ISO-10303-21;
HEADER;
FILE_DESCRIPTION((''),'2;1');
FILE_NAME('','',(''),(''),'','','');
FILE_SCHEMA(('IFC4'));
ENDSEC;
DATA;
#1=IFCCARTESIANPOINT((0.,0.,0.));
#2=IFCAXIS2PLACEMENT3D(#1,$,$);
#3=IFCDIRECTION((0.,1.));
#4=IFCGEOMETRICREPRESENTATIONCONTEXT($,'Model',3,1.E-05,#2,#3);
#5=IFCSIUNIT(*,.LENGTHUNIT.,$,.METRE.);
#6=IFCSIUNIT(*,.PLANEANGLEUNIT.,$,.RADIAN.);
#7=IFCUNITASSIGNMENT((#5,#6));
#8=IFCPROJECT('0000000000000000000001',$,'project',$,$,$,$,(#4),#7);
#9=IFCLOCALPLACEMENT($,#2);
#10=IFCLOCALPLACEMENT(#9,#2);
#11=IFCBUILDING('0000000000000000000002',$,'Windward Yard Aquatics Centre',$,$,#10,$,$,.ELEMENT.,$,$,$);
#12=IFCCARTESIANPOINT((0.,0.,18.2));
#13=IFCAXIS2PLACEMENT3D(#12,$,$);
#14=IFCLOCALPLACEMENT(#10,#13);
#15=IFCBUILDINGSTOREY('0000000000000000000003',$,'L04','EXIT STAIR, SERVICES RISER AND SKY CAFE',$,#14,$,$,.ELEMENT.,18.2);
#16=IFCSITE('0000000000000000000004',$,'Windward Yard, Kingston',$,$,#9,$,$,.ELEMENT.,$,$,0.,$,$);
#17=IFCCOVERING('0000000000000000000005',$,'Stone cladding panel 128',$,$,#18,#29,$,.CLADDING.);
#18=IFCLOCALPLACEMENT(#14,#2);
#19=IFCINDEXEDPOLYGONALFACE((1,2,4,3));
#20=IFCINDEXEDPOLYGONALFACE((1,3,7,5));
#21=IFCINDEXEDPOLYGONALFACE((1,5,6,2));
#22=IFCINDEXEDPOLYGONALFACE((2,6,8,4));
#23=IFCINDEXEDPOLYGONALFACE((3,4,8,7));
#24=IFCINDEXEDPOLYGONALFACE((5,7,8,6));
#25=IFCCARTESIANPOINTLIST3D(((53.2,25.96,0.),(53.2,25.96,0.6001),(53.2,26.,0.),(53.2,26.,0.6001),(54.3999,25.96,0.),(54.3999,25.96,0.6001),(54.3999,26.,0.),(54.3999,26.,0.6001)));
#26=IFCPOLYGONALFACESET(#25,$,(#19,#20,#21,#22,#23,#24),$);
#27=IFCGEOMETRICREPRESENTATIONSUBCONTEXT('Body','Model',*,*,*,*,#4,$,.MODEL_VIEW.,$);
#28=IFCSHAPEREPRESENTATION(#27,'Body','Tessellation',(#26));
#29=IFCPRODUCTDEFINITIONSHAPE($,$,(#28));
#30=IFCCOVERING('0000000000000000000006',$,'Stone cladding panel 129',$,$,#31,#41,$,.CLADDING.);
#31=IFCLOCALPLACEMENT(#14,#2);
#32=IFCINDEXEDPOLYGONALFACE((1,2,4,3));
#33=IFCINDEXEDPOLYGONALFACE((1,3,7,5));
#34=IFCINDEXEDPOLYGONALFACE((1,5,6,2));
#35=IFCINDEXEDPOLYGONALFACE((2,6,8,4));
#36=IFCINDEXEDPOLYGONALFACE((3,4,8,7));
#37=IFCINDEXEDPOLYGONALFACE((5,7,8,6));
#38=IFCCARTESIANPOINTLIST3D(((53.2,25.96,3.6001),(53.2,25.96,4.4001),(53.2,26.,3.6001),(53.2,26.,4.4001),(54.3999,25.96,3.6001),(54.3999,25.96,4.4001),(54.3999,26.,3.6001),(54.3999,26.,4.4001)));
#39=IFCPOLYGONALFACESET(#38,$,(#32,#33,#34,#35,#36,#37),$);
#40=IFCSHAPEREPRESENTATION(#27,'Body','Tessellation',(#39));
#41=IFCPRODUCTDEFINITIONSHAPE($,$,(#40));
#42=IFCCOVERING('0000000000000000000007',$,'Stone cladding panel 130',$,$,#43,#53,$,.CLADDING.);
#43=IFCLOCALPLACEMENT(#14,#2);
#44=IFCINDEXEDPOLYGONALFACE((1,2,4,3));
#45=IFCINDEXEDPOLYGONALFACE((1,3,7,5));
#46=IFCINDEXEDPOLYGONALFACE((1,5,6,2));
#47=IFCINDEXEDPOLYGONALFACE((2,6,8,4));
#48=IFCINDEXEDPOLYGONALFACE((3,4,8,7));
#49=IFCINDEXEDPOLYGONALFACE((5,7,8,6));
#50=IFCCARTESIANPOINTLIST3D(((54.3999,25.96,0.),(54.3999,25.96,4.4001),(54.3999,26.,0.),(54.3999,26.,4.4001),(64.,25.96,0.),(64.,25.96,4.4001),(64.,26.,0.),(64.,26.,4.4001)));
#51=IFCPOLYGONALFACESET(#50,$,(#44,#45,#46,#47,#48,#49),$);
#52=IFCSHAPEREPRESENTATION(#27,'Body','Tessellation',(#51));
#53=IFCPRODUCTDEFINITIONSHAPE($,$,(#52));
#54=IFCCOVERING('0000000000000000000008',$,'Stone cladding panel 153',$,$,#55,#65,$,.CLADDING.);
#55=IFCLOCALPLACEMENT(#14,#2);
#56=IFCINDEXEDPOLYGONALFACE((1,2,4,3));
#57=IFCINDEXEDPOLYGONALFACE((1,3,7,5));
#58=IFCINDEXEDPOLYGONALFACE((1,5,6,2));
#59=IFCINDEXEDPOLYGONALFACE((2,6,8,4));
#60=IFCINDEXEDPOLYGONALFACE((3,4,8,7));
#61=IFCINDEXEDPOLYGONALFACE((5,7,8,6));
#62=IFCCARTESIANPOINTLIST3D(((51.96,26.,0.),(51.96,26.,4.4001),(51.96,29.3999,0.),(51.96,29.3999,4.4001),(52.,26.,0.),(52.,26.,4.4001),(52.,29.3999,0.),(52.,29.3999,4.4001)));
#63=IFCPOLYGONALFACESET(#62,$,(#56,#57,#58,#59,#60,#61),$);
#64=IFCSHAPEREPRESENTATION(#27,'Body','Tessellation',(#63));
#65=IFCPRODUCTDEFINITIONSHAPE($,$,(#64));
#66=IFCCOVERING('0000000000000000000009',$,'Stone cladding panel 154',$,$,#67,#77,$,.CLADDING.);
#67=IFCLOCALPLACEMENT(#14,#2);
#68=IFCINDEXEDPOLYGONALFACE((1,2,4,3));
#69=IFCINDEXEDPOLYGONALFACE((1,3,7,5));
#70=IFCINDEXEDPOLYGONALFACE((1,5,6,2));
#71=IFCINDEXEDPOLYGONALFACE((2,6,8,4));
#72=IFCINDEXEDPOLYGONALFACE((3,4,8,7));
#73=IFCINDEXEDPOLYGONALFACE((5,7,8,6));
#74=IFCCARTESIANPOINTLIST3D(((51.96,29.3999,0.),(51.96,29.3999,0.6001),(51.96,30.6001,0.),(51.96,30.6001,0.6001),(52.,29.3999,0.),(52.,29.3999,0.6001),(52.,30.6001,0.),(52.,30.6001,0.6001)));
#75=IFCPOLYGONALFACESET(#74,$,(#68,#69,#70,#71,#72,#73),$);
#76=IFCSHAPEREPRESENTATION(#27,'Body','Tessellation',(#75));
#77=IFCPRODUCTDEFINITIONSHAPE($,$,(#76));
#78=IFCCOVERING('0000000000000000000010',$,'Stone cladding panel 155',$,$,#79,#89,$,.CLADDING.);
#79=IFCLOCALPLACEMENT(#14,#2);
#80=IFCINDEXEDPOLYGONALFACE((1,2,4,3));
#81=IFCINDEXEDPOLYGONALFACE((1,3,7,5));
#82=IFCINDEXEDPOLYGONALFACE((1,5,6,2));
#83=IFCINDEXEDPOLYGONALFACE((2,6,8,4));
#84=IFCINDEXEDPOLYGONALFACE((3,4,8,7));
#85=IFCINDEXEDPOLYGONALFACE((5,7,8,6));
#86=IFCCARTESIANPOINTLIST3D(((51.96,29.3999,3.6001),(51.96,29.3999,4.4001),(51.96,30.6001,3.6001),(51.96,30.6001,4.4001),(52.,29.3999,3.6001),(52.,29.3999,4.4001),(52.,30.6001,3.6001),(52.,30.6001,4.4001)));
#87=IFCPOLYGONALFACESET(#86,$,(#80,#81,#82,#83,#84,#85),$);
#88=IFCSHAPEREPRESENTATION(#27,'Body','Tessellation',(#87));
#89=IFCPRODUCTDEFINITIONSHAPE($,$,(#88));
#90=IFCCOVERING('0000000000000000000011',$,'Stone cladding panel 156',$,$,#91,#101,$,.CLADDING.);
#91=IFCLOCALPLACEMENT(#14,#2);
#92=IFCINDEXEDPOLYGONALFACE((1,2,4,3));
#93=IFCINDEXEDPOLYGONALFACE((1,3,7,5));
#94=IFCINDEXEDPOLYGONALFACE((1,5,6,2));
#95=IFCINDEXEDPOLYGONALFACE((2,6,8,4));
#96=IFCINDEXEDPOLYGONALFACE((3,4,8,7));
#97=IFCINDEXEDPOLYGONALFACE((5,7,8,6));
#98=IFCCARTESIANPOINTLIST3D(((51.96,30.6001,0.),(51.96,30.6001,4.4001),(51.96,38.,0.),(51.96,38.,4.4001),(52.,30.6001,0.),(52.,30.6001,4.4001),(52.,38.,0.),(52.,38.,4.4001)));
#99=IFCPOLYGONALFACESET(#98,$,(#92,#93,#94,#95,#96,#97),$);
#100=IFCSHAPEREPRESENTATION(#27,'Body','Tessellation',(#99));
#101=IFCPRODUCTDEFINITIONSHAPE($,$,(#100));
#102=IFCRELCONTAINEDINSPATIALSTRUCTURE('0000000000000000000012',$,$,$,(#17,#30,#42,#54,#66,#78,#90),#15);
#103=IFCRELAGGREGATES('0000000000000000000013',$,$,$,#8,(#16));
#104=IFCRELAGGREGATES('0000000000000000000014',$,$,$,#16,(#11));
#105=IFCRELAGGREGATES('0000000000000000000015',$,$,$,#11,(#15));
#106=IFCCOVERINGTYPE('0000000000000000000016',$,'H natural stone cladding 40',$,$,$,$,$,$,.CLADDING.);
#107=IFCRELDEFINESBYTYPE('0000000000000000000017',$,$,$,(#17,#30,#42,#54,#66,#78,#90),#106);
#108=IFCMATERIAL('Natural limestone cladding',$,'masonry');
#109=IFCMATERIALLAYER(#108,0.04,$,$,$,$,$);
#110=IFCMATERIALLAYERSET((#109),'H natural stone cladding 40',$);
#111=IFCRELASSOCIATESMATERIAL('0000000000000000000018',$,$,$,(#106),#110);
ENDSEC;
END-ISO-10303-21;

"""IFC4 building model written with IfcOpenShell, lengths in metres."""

from ifc_helpers import new_model, si_unit, direction, frame, origin, place, context, subcontext, project, spatial, polyline, outline, extrude, material, layer, layer_set, type_object, element, save


model = new_model("IFC4")

# Units and contexts
model_context = context("Model", 3, precision=1e-05, world=origin(), true_north=direction((0.0, 1.0)))
body_context = subcontext(model_context, "Body", "Model", "MODEL_VIEW")
ifc_project = project(units=[si_unit("LENGTHUNIT", "METRE"), si_unit("PLANEANGLEUNIT", "RADIAN")], contexts=[model_context])

# Site, building, storey
site_placement = place(None, origin())
site = spatial("IfcSite", under=ifc_project, at=site_placement, Name="Windward Yard, Kingston", CompositionType="ELEMENT", RefElevation=0.0)
building_placement = place(site_placement, origin())
building = spatial("IfcBuilding", under=site, at=building_placement, Name="Windward Yard Aquatics Centre", CompositionType="ELEMENT")
storey_placement = place(building_placement, frame((0.0, 0.0, 18.2)))
storey = spatial("IfcBuildingStorey", under=building, at=storey_placement, Name="L04", Description="EXIT STAIR, SERVICES RISER AND SKY CAFE", CompositionType="ELEMENT", Elevation=18.2)

# Coverings
ifc_material_1 = material(Name="Natural limestone cladding", Category="masonry")
ifc_layer_1 = layer(ifc_material_1, 0.04)
ifc_layer_set_1 = layer_set([ifc_layer_1], Name="H natural stone cladding 40")
covering_type_1 = type_object("IfcCoveringType", Name="H natural stone cladding 40", PredefinedType="CLADDING", material=ifc_layer_set_1)
covering_1_placement = place(storey_placement, origin())
element("IfcCovering", 1, at=covering_1_placement, inside=storey, type_object=covering_type_1, Name="Stone cladding panel 128", PredefinedType="CLADDING", context=body_context, shape_type="SweptSolid", body=[
    extrude(outline(polyline([(53.2, 25.96), (53.2, 26.0), (54.3999, 26.0), (54.3999, 25.96), (53.2, 25.96)])), origin(), (0.0, 0.0, 1.0), 0.6001),
])
covering_2_placement = place(storey_placement, frame((0.0, 0.0, 3.6001)))
element("IfcCovering", 2, at=covering_2_placement, inside=storey, type_object=covering_type_1, Name="Stone cladding panel 129", PredefinedType="CLADDING", context=body_context, shape_type="SweptSolid", body=[
    extrude(outline(polyline([(53.2, 25.96), (53.2, 26.0), (54.3999, 26.0), (54.3999, 25.96), (53.2, 25.96)])), origin(), (0.0, 0.0, 1.0), 0.8),
])
covering_3_placement = place(storey_placement, origin())
element("IfcCovering", 3, at=covering_3_placement, inside=storey, type_object=covering_type_1, Name="Stone cladding panel 130", PredefinedType="CLADDING", context=body_context, shape_type="SweptSolid", body=[
    extrude(outline(polyline([(54.3999, 25.96), (54.3999, 26.0), (64.0, 26.0), (64.0, 25.96), (54.3999, 25.96)])), origin(), (0.0, 0.0, 1.0), 4.4001),
])
covering_4_placement = place(storey_placement, origin())
element("IfcCovering", 4, at=covering_4_placement, inside=storey, type_object=covering_type_1, Name="Stone cladding panel 153", PredefinedType="CLADDING", context=body_context, shape_type="SweptSolid", body=[
    extrude(outline(polyline([(51.96, 26.0), (52.0, 26.0), (52.0, 29.3999), (51.96, 29.3999), (51.96, 26.0)])), origin(), (0.0, 0.0, 1.0), 4.4001),
])
covering_5_placement = place(storey_placement, origin())
element("IfcCovering", 5, at=covering_5_placement, inside=storey, type_object=covering_type_1, Name="Stone cladding panel 154", PredefinedType="CLADDING", context=body_context, shape_type="SweptSolid", body=[
    extrude(outline(polyline([(51.96, 29.3999), (52.0, 29.3999), (52.0, 30.6001), (51.96, 30.6001), (51.96, 29.3999)])), origin(), (0.0, 0.0, 1.0), 0.6001),
])
covering_6_placement = place(storey_placement, frame((0.0, 0.0, 3.6001)))
element("IfcCovering", 6, at=covering_6_placement, inside=storey, type_object=covering_type_1, Name="Stone cladding panel 155", PredefinedType="CLADDING", context=body_context, shape_type="SweptSolid", body=[
    extrude(outline(polyline([(51.96, 29.3999), (52.0, 29.3999), (52.0, 30.6001), (51.96, 30.6001), (51.96, 29.3999)])), origin(), (0.0, 0.0, 1.0), 0.8),
])
covering_7_placement = place(storey_placement, origin())
element("IfcCovering", 7, at=covering_7_placement, inside=storey, type_object=covering_type_1, Name="Stone cladding panel 156", PredefinedType="CLADDING", context=body_context, shape_type="SweptSolid", body=[
    extrude(outline(polyline([(51.96, 30.6001), (52.0, 30.6001), (52.0, 38.0), (51.96, 38.0), (51.96, 30.6001)])), origin(), (0.0, 0.0, 1.0), 4.4001),
])

save(model, "model.ifc")
